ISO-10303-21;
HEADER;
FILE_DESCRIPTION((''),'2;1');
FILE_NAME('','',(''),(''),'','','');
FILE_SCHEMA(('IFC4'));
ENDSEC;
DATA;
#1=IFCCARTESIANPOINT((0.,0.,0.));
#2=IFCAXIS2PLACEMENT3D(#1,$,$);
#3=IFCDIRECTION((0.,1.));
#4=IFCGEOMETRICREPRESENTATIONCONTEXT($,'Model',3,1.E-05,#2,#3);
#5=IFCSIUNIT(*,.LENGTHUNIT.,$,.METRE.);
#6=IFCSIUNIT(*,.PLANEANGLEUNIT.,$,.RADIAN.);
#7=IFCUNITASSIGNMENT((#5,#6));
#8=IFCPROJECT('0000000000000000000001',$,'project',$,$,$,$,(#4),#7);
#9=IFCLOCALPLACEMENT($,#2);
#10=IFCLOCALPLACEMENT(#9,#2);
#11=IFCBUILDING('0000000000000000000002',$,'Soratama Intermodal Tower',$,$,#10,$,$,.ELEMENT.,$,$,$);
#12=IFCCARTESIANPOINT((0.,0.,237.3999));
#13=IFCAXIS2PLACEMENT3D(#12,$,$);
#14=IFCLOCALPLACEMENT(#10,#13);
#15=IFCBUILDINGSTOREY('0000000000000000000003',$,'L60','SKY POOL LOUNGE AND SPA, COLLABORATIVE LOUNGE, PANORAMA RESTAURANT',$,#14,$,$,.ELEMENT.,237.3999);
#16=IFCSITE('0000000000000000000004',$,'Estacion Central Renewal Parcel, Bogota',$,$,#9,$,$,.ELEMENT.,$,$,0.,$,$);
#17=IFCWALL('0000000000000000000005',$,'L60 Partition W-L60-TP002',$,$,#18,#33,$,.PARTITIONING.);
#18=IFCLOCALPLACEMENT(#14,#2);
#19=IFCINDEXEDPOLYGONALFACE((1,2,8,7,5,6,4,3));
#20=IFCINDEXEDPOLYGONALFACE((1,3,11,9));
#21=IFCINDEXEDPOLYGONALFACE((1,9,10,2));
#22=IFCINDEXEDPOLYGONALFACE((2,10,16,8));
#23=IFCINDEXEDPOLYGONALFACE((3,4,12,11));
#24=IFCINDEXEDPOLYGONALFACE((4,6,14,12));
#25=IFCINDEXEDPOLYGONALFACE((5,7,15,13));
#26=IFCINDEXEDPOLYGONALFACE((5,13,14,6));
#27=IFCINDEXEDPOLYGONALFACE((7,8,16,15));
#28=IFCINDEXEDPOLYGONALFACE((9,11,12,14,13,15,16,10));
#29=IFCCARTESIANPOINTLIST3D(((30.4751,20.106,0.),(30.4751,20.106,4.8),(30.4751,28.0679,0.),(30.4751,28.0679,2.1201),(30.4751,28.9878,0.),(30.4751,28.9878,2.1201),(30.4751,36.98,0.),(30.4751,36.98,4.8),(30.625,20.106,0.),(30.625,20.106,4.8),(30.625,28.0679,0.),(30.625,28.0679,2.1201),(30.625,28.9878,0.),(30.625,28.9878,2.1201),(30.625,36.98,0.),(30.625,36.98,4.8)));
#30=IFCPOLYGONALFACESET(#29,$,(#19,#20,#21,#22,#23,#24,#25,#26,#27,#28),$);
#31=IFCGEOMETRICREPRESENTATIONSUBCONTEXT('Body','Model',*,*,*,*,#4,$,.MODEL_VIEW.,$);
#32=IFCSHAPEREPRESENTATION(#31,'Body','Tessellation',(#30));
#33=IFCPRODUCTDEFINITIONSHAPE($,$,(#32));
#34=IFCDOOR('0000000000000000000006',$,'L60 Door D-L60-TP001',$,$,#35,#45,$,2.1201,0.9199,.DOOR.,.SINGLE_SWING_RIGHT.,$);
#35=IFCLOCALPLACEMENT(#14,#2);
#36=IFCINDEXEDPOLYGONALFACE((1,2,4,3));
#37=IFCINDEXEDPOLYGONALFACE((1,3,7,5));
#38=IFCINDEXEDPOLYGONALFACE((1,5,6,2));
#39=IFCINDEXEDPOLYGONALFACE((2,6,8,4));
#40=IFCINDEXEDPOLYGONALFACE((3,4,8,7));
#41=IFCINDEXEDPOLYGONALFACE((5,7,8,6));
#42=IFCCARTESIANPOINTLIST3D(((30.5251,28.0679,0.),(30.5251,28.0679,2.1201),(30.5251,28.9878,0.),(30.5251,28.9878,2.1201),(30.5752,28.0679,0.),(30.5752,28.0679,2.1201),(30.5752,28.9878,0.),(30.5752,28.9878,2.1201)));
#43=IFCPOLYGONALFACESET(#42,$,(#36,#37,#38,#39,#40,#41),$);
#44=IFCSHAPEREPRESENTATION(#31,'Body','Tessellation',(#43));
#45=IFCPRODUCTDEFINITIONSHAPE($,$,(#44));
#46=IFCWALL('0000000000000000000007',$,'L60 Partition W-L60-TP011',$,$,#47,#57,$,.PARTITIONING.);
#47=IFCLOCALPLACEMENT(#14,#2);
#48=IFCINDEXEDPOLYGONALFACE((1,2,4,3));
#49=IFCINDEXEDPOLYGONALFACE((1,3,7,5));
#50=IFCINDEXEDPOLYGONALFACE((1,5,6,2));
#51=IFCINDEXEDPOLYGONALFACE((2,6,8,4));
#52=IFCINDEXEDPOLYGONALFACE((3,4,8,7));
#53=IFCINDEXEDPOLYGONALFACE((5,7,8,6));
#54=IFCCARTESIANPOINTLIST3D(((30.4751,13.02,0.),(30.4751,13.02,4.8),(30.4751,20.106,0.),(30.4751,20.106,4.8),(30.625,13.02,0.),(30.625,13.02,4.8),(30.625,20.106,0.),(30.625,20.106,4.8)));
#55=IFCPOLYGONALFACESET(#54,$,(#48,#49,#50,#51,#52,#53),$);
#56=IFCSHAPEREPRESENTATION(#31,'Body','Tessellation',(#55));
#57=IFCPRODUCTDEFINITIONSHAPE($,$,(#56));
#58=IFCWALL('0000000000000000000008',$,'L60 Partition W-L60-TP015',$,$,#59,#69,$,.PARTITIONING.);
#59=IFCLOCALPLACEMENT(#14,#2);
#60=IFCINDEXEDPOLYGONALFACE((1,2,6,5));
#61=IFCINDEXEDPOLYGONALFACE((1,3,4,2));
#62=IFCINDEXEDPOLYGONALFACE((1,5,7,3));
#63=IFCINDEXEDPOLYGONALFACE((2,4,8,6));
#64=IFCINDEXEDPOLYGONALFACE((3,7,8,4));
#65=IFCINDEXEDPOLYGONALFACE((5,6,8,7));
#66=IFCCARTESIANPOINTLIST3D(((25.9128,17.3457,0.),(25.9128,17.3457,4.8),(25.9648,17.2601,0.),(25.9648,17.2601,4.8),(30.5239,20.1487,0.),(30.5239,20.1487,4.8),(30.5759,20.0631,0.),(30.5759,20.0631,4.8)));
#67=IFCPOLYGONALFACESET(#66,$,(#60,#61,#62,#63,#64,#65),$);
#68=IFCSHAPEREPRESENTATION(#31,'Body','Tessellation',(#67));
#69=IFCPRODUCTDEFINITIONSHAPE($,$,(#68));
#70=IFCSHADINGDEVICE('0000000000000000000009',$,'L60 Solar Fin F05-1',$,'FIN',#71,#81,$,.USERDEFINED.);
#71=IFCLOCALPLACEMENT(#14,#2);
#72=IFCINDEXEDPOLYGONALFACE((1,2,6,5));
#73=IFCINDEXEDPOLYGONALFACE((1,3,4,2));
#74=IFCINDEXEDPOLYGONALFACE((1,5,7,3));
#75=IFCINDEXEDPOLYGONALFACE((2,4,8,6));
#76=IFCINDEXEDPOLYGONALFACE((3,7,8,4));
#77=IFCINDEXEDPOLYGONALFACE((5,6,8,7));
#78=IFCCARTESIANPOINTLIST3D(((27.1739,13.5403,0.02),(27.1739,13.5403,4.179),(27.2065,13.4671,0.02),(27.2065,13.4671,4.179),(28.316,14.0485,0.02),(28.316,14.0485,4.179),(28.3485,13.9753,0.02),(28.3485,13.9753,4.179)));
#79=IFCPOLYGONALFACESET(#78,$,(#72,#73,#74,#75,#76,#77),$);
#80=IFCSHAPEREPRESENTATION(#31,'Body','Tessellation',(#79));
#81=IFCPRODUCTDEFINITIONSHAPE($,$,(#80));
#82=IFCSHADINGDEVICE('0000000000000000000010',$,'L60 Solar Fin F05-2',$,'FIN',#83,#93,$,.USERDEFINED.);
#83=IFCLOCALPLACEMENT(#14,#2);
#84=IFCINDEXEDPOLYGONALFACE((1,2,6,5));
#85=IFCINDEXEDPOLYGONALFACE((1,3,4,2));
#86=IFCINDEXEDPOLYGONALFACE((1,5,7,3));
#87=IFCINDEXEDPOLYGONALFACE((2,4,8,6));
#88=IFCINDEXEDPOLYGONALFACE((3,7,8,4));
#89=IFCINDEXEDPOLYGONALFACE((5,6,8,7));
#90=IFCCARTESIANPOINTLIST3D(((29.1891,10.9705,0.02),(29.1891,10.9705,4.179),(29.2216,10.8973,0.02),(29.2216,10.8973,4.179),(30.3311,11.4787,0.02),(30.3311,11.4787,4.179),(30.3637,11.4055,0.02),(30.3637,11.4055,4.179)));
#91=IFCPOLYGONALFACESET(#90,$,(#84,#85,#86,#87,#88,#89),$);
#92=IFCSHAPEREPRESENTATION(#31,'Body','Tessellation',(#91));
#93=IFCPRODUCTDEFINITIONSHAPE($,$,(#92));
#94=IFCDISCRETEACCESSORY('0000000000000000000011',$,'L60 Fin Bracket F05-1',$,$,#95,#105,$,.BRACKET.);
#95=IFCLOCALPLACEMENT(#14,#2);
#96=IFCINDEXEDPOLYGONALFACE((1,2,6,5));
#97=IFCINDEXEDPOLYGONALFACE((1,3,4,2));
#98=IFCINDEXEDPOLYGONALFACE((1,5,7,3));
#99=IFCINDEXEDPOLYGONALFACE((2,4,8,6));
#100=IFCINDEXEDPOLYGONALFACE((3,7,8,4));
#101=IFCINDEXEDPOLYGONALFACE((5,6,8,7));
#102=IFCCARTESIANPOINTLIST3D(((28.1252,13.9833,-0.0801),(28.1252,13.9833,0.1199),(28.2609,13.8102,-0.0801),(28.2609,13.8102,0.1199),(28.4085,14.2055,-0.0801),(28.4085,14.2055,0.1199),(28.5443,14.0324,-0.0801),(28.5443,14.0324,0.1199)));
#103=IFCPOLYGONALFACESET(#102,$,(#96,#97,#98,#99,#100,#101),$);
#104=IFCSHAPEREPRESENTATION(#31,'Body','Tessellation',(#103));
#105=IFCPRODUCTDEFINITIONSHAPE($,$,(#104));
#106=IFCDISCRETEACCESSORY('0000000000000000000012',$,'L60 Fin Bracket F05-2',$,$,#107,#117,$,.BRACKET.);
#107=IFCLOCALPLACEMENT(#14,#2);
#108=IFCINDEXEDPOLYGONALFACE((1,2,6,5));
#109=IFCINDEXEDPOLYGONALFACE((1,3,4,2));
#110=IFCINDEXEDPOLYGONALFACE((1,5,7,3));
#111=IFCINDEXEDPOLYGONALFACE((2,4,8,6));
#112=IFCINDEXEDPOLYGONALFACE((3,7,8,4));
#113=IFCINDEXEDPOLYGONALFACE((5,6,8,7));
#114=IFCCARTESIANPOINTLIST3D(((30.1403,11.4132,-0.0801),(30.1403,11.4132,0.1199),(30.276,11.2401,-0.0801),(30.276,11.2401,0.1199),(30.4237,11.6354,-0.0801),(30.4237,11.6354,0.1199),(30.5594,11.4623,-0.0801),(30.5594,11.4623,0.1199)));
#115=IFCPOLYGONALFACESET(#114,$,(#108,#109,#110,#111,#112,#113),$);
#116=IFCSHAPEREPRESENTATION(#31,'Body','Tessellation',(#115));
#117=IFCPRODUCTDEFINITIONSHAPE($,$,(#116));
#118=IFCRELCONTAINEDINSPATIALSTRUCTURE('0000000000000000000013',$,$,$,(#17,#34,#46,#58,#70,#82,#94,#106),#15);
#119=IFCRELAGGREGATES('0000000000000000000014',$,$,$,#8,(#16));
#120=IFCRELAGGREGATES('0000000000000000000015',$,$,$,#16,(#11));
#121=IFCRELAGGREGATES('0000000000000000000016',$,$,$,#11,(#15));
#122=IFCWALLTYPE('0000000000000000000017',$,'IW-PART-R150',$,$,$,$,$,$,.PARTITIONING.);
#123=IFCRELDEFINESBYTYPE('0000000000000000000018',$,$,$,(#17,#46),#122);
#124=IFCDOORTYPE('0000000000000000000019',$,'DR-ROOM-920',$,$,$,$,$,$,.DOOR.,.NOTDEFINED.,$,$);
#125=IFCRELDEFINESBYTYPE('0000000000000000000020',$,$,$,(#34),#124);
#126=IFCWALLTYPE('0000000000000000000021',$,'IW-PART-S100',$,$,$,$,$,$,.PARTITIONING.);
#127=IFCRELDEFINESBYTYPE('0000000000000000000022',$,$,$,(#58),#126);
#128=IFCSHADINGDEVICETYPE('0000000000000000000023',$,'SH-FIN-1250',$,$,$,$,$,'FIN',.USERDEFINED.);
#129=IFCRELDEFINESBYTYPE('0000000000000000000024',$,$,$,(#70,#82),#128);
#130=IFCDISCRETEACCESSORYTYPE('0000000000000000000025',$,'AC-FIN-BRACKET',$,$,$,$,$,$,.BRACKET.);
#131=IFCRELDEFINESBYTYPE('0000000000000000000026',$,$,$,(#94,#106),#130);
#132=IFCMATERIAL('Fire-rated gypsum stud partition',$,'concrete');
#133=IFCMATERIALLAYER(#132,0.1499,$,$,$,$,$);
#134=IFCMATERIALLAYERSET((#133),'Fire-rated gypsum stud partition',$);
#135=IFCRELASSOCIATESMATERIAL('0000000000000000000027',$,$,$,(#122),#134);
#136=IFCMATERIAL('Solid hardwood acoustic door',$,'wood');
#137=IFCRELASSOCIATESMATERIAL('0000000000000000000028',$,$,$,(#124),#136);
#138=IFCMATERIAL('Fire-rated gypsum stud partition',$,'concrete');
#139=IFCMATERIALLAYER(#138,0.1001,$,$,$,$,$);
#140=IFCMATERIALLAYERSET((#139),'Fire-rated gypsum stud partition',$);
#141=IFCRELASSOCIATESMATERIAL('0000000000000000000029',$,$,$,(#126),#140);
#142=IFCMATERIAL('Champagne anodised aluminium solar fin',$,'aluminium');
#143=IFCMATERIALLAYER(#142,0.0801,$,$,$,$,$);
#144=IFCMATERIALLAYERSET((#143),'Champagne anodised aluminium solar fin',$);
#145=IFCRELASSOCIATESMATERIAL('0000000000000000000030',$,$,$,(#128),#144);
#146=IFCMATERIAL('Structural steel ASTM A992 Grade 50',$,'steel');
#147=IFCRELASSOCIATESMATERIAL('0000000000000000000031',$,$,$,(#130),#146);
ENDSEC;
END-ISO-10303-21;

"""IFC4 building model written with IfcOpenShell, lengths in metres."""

from ifc_helpers import new_model, si_unit, direction, frame, frame_2d, origin, origin_2d, place, context, subcontext, project, spatial, rectangle, extrude, material, layer, layer_set, type_object, element, fill, save


model = new_model("IFC4")

# Units and contexts
model_context = context("Model", 3, precision=1e-05, world=origin(), true_north=direction((0.0, 1.0)))
body_context = subcontext(model_context, "Body", "Model", "MODEL_VIEW")
ifc_project = project(units=[si_unit("LENGTHUNIT", "METRE"), si_unit("PLANEANGLEUNIT", "RADIAN")], contexts=[model_context])

# Site, building, storey
site_placement = place(None, origin())
site = spatial("IfcSite", under=ifc_project, at=site_placement, Name="Estacion Central Renewal Parcel, Bogota", CompositionType="ELEMENT", RefElevation=0.0)
building_placement = place(site_placement, origin())
building = spatial("IfcBuilding", under=site, at=building_placement, Name="Soratama Intermodal Tower", CompositionType="ELEMENT")
storey_placement = place(building_placement, frame((0.0, 0.0, 237.3999)))
storey = spatial("IfcBuildingStorey", under=building, at=storey_placement, Name="L60", Description="SKY POOL LOUNGE AND SPA, COLLABORATIVE LOUNGE, PANORAMA RESTAURANT", CompositionType="ELEMENT", Elevation=237.3999)

# Wall, opening, door
ifc_material_1 = material(Name="Fire-rated gypsum stud partition", Category="concrete")
ifc_layer_1 = layer(ifc_material_1, 0.1499)
ifc_layer_set_1 = layer_set([ifc_layer_1], Name="Fire-rated gypsum stud partition")
wall_type_1 = type_object("IfcWallType", Name="IW-PART-R150", PredefinedType="PARTITIONING", material=ifc_layer_set_1)
wall_1_placement = place(storey_placement, frame((30.55, 20.106, 0.0), z_axis=(0.0, 0.0, 1.0), x_axis=(0.0, 1.0, 0.0)))
wall_1 = element("IfcWall", 1, at=wall_1_placement, inside=storey, type_object=wall_type_1, Name="L60 Partition W-L60-TP002", PredefinedType="PARTITIONING", context=body_context, shape_type="SweptSolid", body=[
    extrude(rectangle(XDim=16.874, YDim=0.1499, at=frame_2d((8.437, 0.0))), origin(), (0.0, 0.0, 1.0), 4.8),
])
opening_1_placement = place(wall_1_placement, frame((7.9619, 0.0, 0.0)))
opening_1 = element("IfcOpeningElement", 2, at=opening_1_placement, cuts=wall_1, PredefinedType="OPENING", context=body_context, shape_type="SweptSolid", body=[
    extrude(rectangle(XDim=0.9199, YDim=2.1201, at=frame_2d((0.46, 1.0601))), frame((0.0, 0.085, 0.0), z_axis=(0.0, -1.0, 0.0), x_axis=(1.0, 0.0, 0.0)), (0.0, 0.0, 1.0), 0.1699),
])
ifc_material_2 = material(Name="Solid hardwood acoustic door", Category="wood")
door_type = type_object("IfcDoorType", Name="DR-ROOM-920", OperationType="NOTDEFINED", PredefinedType="DOOR", material=ifc_material_2)
door_placement = place(opening_1_placement, origin())
door = element("IfcDoor", 3, at=door_placement, inside=storey, type_object=door_type, Name="L60 Door D-L60-TP001", OperationType="SINGLE_SWING_RIGHT", OverallHeight=2.1201, OverallWidth=0.9199, PredefinedType="DOOR", context=body_context, shape_type="SweptSolid", body=[
    extrude(rectangle(XDim=0.9199, YDim=2.1201, at=frame_2d((0.46, 1.0601))), frame((0.0, 0.0249, 0.0), z_axis=(0.0, -1.0, 0.0), x_axis=(1.0, 0.0, 0.0)), (0.0, 0.0, 1.0), 0.05),
])
fill(opening_1, door)

# Walls
wall_2_placement = place(storey_placement, frame((30.55, 13.02, 0.0), z_axis=(0.0, 0.0, 1.0), x_axis=(0.0, 1.0, 0.0)))
element("IfcWall", 4, at=wall_2_placement, inside=storey, type_object=wall_type_1, Name="L60 Partition W-L60-TP011", PredefinedType="PARTITIONING", context=body_context, shape_type="SweptSolid", body=[
    extrude(rectangle(XDim=7.0859, YDim=0.1499, at=frame_2d((3.543, 0.0))), origin(), (0.0, 0.0, 1.0), 4.8),
])
ifc_material_3 = material(Name="Fire-rated gypsum stud partition", Category="concrete")
ifc_layer_2 = layer(ifc_material_3, 0.1001)
ifc_layer_set_2 = layer_set([ifc_layer_2], Name="Fire-rated gypsum stud partition")
wall_type_2 = type_object("IfcWallType", Name="IW-PART-S100", PredefinedType="PARTITIONING", material=ifc_layer_set_2)
wall_3_placement = place(storey_placement, frame((30.55, 20.106, 0.0), z_axis=(0.0, 0.0, 1.0), x_axis=(-0.854509, -0.519437, 0.0)))
element("IfcWall", 5, at=wall_3_placement, inside=storey, type_object=wall_type_2, Name="L60 Partition W-L60-TP015", PredefinedType="PARTITIONING", context=body_context, shape_type="SweptSolid", body=[
    extrude(rectangle(XDim=5.3962, YDim=0.1001, at=frame_2d((2.6982, 0.0))), origin(), (0.0, 0.0, 1.0), 4.8),
])

# Shading devices
ifc_material_4 = material(Name="Champagne anodised aluminium solar fin", Category="aluminium")
ifc_layer_3 = layer(ifc_material_4, 0.0801)
ifc_layer_set_3 = layer_set([ifc_layer_3], Name="Champagne anodised aluminium solar fin")
shading_device_type = type_object("IfcShadingDeviceType", Name="SH-FIN-1250", ElementType="FIN", PredefinedType="USERDEFINED", material=ifc_layer_set_3)
for number, where, z_axis, x_axis, name in (
    (6, (27.7612, 13.7578, 0.02), (0.0, 0.0, 1.0), (-0.913616, -0.406577, 0.0), "L60 Solar Fin F05-1"),
    (7, (29.7764, 11.188, 0.02), (0.0, 0.0, 1.0), (-0.913616, -0.406577, 0.0), "L60 Solar Fin F05-2"),
):
    element("IfcShadingDevice", number, at=place(storey_placement, frame(where, z_axis=z_axis, x_axis=x_axis)), inside=storey, type_object=shading_device_type, Name=name, ObjectType="FIN", PredefinedType="USERDEFINED", context=body_context, shape_type="SweptSolid", body=[
        extrude(rectangle(XDim=1.25, YDim=0.0801, at=origin_2d()), origin(), (0.0, 0.0, 1.0), 4.1589),
    ])

# Discrete accessories
ifc_material_5 = material(Name="Structural steel ASTM A992 Grade 50", Category="steel")
discrete_accessory_type = type_object("IfcDiscreteAccessoryType", Name="AC-FIN-BRACKET", PredefinedType="BRACKET", material=ifc_material_5)
for number, where, z_axis, x_axis, name in (
    (8, (28.3347, 14.0078, -0.0801), (0.0, 0.0, 1.0), (-0.786935, -0.617036, 0.0), "L60 Fin Bracket F05-1"),
    (9, (30.3499, 11.4377, -0.0801), (0.0, 0.0, 1.0), (-0.786935, -0.617036, 0.0), "L60 Fin Bracket F05-2"),
):
    element("IfcDiscreteAccessory", number, at=place(storey_placement, frame(where, z_axis=z_axis, x_axis=x_axis)), inside=storey, type_object=discrete_accessory_type, Name=name, PredefinedType="BRACKET", context=body_context, shape_type="SweptSolid", body=[
        extrude(rectangle(XDim=0.3601, YDim=0.22, at=origin_2d()), origin(), (0.0, 0.0, 1.0), 0.2),
    ])

save(model, "model.ifc")
